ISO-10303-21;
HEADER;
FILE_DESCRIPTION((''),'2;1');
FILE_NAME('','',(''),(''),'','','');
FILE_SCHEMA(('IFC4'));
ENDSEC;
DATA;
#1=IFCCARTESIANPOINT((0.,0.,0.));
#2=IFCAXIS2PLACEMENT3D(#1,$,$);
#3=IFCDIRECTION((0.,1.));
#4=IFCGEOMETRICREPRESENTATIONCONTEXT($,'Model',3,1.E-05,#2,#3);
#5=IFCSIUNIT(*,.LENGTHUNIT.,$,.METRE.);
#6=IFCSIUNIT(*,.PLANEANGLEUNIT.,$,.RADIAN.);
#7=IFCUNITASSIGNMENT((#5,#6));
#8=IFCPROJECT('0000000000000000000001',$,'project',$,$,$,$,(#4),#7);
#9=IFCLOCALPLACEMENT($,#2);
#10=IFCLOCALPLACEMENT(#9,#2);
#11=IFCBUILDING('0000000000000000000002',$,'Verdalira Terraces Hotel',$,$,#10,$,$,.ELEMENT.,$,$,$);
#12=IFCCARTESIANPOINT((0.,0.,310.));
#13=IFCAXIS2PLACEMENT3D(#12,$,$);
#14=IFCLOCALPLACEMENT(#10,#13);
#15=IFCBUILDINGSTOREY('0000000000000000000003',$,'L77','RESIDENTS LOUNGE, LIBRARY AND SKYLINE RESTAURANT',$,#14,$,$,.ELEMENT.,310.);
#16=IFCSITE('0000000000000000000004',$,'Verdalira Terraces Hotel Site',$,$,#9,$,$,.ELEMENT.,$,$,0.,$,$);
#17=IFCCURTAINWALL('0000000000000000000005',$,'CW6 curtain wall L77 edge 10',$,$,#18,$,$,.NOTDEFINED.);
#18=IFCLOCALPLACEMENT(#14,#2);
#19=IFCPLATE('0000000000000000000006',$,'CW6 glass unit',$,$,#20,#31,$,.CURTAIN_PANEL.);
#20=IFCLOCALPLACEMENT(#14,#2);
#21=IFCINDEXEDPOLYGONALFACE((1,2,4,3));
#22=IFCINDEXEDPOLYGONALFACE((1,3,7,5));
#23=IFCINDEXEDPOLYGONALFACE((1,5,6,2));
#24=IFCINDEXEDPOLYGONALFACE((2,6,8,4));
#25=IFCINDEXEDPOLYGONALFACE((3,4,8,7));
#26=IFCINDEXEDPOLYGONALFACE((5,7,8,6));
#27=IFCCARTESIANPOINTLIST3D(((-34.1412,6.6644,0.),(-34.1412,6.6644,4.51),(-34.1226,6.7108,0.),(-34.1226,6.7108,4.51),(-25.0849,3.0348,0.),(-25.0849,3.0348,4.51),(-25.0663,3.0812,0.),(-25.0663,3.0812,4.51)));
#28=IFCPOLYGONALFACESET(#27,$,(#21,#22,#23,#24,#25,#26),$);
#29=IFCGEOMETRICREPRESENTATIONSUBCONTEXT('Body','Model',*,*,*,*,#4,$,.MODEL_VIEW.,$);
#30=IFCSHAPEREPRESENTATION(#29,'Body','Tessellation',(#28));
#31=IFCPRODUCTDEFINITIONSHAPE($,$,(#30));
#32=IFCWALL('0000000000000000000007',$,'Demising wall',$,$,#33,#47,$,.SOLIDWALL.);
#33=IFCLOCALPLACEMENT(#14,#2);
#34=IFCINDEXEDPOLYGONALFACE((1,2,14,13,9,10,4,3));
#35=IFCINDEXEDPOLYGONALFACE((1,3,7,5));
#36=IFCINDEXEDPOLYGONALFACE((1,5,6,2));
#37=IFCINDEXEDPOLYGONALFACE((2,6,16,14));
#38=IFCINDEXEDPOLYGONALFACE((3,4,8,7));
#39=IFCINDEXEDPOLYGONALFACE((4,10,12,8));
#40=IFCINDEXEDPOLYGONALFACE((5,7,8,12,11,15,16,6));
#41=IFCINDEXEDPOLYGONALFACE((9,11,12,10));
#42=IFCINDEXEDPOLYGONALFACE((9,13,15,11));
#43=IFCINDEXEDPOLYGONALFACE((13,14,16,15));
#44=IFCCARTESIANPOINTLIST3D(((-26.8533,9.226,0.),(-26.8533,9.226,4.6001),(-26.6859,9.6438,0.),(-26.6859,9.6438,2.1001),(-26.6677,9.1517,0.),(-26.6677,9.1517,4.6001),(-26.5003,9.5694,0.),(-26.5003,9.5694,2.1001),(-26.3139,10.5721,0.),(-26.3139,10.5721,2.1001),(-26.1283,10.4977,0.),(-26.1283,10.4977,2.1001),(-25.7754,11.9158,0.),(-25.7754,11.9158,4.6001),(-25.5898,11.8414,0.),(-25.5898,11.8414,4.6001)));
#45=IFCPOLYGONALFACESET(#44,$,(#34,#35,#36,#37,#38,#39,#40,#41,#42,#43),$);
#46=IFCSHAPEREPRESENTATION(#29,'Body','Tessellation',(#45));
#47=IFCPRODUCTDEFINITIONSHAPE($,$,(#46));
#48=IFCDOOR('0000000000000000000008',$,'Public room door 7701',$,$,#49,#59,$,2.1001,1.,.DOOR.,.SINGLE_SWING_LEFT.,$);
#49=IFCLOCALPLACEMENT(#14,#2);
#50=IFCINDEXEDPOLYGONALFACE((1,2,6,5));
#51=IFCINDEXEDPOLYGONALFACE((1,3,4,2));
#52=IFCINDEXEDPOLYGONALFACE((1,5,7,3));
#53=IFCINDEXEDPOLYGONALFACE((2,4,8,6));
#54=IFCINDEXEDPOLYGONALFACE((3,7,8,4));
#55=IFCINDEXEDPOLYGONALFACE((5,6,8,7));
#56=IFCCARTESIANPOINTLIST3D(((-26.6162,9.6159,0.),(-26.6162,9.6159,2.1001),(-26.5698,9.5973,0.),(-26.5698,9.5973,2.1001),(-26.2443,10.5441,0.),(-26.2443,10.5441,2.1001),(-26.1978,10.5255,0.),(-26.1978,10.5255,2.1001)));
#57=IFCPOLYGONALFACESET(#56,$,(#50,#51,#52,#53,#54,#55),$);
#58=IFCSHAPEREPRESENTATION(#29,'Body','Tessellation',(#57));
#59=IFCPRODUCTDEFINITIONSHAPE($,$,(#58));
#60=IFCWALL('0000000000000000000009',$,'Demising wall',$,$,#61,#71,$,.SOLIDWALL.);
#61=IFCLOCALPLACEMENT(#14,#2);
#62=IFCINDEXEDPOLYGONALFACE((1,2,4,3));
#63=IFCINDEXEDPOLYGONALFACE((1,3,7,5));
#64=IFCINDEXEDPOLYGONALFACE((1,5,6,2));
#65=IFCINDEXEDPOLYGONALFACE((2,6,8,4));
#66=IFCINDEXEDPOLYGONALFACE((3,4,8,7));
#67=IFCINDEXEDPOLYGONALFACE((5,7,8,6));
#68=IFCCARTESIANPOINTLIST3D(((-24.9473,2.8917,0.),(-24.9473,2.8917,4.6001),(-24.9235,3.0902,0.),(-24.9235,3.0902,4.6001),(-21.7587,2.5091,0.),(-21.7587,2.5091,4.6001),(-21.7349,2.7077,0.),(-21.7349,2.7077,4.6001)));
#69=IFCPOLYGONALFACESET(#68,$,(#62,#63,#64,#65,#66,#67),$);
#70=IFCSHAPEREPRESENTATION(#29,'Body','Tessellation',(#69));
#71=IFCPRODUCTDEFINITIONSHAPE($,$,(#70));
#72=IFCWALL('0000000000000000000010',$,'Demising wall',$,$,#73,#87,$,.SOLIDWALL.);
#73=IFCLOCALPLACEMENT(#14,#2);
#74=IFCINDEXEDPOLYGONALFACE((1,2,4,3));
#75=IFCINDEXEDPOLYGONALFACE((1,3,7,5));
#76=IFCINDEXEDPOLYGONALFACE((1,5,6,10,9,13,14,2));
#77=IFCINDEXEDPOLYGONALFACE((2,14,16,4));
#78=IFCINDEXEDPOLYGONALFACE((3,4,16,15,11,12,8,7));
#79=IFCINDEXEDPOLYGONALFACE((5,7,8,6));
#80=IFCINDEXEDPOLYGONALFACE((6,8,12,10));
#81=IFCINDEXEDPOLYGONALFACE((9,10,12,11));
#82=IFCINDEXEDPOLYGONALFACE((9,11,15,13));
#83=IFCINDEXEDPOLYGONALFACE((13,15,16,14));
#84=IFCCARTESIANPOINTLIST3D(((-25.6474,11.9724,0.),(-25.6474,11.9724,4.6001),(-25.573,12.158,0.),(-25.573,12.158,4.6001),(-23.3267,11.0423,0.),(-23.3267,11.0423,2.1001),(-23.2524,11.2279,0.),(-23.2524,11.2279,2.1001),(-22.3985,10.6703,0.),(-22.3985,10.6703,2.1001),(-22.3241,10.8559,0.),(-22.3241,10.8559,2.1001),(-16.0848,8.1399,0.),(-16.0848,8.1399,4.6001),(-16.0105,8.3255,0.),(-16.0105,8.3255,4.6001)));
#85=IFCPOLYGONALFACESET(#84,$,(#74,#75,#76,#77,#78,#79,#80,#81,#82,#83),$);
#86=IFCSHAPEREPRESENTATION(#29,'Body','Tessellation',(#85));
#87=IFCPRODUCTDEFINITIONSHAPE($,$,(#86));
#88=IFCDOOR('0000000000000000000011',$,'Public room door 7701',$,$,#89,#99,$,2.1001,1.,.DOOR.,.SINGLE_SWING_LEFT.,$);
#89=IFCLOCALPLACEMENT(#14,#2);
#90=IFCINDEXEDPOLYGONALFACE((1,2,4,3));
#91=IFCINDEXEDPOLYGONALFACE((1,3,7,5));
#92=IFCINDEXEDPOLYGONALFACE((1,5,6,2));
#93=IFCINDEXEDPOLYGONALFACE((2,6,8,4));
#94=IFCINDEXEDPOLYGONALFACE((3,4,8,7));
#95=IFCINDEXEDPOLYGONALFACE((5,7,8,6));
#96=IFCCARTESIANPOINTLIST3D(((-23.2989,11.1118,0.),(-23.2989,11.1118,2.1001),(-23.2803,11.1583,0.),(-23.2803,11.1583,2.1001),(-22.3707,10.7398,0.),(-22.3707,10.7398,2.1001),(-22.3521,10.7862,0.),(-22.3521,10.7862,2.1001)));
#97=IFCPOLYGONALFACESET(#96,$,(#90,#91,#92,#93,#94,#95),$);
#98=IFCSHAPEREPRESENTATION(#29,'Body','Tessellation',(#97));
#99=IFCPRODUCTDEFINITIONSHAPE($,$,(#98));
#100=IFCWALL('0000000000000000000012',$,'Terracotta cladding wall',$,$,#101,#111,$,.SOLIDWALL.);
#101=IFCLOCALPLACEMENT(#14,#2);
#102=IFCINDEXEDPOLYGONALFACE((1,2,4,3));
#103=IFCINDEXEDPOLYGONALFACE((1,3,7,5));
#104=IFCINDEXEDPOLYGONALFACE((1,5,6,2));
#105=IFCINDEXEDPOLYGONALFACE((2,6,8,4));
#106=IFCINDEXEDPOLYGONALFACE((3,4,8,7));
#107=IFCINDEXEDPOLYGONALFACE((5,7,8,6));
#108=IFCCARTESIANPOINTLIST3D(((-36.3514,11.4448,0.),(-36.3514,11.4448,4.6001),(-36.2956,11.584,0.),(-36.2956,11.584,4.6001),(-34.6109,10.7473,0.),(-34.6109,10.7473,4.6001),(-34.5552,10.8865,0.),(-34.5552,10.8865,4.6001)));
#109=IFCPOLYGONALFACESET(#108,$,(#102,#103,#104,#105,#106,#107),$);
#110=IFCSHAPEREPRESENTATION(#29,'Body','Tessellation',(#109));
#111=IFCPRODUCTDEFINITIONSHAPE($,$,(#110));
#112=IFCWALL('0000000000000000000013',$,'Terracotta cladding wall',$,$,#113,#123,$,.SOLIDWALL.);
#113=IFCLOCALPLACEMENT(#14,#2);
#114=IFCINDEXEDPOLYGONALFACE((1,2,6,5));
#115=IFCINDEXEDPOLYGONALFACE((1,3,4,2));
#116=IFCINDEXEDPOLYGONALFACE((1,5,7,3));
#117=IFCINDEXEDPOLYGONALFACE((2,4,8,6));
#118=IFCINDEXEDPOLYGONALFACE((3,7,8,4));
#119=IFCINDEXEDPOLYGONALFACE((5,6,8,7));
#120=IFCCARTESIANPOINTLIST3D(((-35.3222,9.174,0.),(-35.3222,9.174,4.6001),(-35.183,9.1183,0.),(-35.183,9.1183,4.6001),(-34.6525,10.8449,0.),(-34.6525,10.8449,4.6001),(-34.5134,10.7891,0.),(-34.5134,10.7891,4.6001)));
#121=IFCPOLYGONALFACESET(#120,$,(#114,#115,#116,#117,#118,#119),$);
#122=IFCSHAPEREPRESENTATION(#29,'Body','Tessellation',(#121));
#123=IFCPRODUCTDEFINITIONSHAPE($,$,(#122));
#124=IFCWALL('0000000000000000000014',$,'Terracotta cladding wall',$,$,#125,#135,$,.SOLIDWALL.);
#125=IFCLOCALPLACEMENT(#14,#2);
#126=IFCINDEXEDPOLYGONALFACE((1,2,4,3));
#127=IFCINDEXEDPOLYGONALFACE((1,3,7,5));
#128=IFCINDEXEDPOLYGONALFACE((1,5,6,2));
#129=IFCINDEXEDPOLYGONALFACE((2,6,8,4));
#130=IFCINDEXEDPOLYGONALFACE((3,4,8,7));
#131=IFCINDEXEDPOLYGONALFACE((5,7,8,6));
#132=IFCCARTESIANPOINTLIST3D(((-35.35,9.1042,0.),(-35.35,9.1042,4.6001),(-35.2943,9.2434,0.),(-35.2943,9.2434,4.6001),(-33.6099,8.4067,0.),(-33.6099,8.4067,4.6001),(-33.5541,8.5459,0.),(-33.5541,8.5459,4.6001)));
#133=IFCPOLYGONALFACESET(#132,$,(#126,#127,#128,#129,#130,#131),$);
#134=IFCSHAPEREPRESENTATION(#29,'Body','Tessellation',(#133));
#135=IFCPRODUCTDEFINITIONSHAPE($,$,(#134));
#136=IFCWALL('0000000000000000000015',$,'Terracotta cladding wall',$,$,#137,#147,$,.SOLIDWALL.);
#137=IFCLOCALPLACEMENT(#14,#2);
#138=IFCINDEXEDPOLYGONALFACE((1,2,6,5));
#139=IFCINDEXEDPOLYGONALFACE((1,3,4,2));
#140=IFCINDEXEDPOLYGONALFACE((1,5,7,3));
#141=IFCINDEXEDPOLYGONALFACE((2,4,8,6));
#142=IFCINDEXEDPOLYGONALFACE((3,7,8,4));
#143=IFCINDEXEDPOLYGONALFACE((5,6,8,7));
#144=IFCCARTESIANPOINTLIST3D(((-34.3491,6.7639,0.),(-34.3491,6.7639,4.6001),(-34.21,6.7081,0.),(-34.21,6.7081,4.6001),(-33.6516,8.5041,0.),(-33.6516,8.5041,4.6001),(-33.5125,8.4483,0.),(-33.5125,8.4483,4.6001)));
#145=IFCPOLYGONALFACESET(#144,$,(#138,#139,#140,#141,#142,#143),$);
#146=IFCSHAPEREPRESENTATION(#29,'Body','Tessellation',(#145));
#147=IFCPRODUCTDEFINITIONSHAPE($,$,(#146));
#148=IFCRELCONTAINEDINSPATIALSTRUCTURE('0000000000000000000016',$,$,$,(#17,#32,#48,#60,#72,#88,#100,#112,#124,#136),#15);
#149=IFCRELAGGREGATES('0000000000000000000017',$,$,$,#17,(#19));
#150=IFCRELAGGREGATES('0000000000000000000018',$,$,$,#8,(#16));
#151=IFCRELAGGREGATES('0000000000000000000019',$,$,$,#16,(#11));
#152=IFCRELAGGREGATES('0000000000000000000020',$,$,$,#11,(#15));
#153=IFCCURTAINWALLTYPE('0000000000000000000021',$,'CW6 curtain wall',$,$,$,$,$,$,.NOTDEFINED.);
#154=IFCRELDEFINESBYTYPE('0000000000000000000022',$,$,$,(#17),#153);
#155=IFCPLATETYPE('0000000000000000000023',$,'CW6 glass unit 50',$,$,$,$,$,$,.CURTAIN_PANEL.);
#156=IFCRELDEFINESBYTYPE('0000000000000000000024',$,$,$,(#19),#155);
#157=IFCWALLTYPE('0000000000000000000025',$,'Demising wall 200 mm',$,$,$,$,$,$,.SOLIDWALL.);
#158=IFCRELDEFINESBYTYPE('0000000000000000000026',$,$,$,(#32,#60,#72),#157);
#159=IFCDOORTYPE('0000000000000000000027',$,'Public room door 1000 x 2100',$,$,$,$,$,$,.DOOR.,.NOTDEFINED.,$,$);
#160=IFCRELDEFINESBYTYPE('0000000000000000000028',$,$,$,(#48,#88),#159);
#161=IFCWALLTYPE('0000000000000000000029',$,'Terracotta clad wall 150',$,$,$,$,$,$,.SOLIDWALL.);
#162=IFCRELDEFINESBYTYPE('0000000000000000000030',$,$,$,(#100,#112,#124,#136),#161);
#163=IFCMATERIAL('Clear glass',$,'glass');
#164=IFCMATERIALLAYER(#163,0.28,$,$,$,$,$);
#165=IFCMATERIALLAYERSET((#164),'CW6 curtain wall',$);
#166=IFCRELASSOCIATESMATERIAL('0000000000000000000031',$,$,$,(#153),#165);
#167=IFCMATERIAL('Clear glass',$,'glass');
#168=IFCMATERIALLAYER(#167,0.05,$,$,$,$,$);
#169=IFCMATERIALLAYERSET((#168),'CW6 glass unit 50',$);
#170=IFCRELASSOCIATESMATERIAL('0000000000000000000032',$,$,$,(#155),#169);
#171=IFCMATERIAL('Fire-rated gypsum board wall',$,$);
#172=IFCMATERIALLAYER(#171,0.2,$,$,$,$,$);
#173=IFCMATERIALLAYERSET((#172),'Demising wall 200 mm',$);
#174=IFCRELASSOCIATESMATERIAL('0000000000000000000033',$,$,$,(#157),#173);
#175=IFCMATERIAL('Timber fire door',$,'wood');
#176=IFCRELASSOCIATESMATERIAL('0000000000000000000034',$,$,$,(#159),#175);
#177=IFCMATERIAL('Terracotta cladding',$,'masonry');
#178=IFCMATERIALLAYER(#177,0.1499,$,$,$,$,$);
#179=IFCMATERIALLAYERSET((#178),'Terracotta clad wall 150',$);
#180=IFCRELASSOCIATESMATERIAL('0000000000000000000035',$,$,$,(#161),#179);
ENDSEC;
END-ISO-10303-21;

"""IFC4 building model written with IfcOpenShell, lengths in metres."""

from ifc_helpers import new_model, si_unit, direction, frame, frame_2d, origin, origin_2d, place, context, subcontext, project, spatial, rectangle, extrude, material, layer, layer_set, type_object, element, fill, aggregate, save


model = new_model("IFC4")

# Units and contexts
model_context = context("Model", 3, precision=1e-05, world=origin(), true_north=direction((0.0, 1.0)))
body_context = subcontext(model_context, "Body", "Model", "MODEL_VIEW")
ifc_project = project(units=[si_unit("LENGTHUNIT", "METRE"), si_unit("PLANEANGLEUNIT", "RADIAN")], contexts=[model_context])

# Site, building, storey
site_placement = place(None, origin())
site = spatial("IfcSite", under=ifc_project, at=site_placement, Name="Verdalira Terraces Hotel Site", CompositionType="ELEMENT", RefElevation=0.0)
building_placement = place(site_placement, origin())
building = spatial("IfcBuilding", under=site, at=building_placement, Name="Verdalira Terraces Hotel", CompositionType="ELEMENT")
storey_placement = place(building_placement, frame((0.0, 0.0, 310.0)))
storey = spatial("IfcBuildingStorey", under=building, at=storey_placement, Name="L77", Description="RESIDENTS LOUNGE, LIBRARY AND SKYLINE RESTAURANT", CompositionType="ELEMENT", Elevation=310.0)

# Shared definitions
ifc_material_1 = material(Name="Clear glass", Category="glass")
ifc_layer_1 = layer(ifc_material_1, 0.28)
ifc_layer_set_1 = layer_set([ifc_layer_1], Name="CW6 curtain wall")
curtain_wall_type = type_object("IfcCurtainWallType", Name="CW6 curtain wall", PredefinedType="NOTDEFINED", material=ifc_layer_set_1)

# Curtain wall
curtain_wall_1_placement = place(storey_placement, origin())
curtain_wall_1 = element("IfcCurtainWall", 1, at=curtain_wall_1_placement, inside=storey, type_object=curtain_wall_type, Name="CW6 curtain wall L77 edge 10", PredefinedType="NOTDEFINED")

# Plate
ifc_material_2 = material(Name="Clear glass", Category="glass")
ifc_layer_2 = layer(ifc_material_2, 0.05)
ifc_layer_set_2 = layer_set([ifc_layer_2], Name="CW6 glass unit 50")
plate_type = type_object("IfcPlateType", Name="CW6 glass unit 50", PredefinedType="CURTAIN_PANEL", material=ifc_layer_set_2)
plate_placement = place(storey_placement, frame((-29.6038, 4.8728, 0.0), z_axis=(0.0, 0.0, 1.0), x_axis=(0.928226, -0.372016, 0.0)))
plate = element("IfcPlate", 2, at=plate_placement, type_object=plate_type, Name="CW6 glass unit", PredefinedType="CURTAIN_PANEL", context=body_context, shape_type="SweptSolid", body=[
    extrude(rectangle(XDim=9.7566, YDim=0.05, at=origin_2d()), origin(), (0.0, 0.0, 1.0), 4.51),
])
aggregate(curtain_wall_1, [plate])

# Wall, opening, door
ifc_material_3 = material(Name="Fire-rated gypsum board wall")
ifc_layer_3 = layer(ifc_material_3, 0.2)
ifc_layer_set_3 = layer_set([ifc_layer_3], Name="Demising wall 200 mm")
wall_type_1 = type_object("IfcWallType", Name="Demising wall 200 mm", PredefinedType="SOLIDWALL", material=ifc_layer_set_3)
wall_1_placement = place(storey_placement, frame((-26.7605, 9.189, 0.0), z_axis=(0.0, 0.0, 1.0), x_axis=(0.371986, 0.928238, 0.0)))
wall_1 = element("IfcWall", 3, at=wall_1_placement, inside=storey, type_object=wall_type_1, Name="Demising wall", PredefinedType="SOLIDWALL", context=body_context, shape_type="SweptSolid", body=[
    extrude(rectangle(XDim=2.8977, YDim=0.2, at=frame_2d((1.4487, 0.0))), origin(), (0.0, 0.0, 1.0), 4.6001),
])
opening_1_placement = place(wall_1_placement, frame((0.45, 0.0, 0.0)))
opening_1 = element("IfcOpeningElement", 4, at=opening_1_placement, cuts=wall_1, PredefinedType="OPENING", context=body_context, shape_type="SweptSolid", body=[
    extrude(rectangle(XDim=1.0, YDim=2.1001, at=frame_2d((0.5, 1.05))), frame((0.0, 0.1099, 0.0), z_axis=(0.0, -1.0, 0.0), x_axis=(1.0, 0.0, 0.0)), (0.0, 0.0, 1.0), 0.22),
])
ifc_material_4 = material(Name="Timber fire door", Category="wood")
door_type = type_object("IfcDoorType", Name="Public room door 1000 x 2100", OperationType="NOTDEFINED", PredefinedType="DOOR", material=ifc_material_4)
door_1_placement = place(opening_1_placement, origin())
door_1 = element("IfcDoor", 5, at=door_1_placement, inside=storey, type_object=door_type, Name="Public room door 7701", OperationType="SINGLE_SWING_LEFT", OverallHeight=2.1001, OverallWidth=1.0, PredefinedType="DOOR", context=body_context, shape_type="SweptSolid", body=[
    extrude(rectangle(XDim=1.0, YDim=2.1001, at=frame_2d((0.5, 1.05))), frame((0.0, 0.0249, 0.0), z_axis=(0.0, -1.0, 0.0), x_axis=(1.0, 0.0, 0.0)), (0.0, 0.0, 1.0), 0.05),
])
fill(opening_1, door_1)

# Wall
wall_2_placement = place(storey_placement, frame((-21.7468, 2.6084, 0.0), z_axis=(0.0, 0.0, 1.0), x_axis=(-0.992879, 0.11913, 0.0)))
element("IfcWall", 6, at=wall_2_placement, inside=storey, type_object=wall_type_1, Name="Demising wall", PredefinedType="SOLIDWALL", context=body_context, shape_type="SweptSolid", body=[
    extrude(rectangle(XDim=3.2114, YDim=0.2, at=frame_2d((1.6057, 0.0))), origin(), (0.0, 0.0, 1.0), 4.6001),
])

# Wall, opening, door
wall_3_placement = place(storey_placement, frame((-25.6101, 12.0652, 0.0), z_axis=(0.0, 0.0, 1.0), x_axis=(0.928225, -0.37202, 0.0)))
wall_3 = element("IfcWall", 7, at=wall_3_placement, inside=storey, type_object=wall_type_1, Name="Demising wall", PredefinedType="SOLIDWALL", context=body_context, shape_type="SweptSolid", body=[
    extrude(rectangle(XDim=10.302, YDim=0.2, at=frame_2d((5.1509, 0.0))), origin(), (0.0, 0.0, 1.0), 4.6001),
])
opening_2_placement = place(wall_3_placement, frame((2.5, 0.0, 0.0)))
opening_2 = element("IfcOpeningElement", 8, at=opening_2_placement, cuts=wall_3, PredefinedType="OPENING", context=body_context, shape_type="SweptSolid", body=[
    extrude(rectangle(XDim=1.0, YDim=2.1001, at=frame_2d((0.5, 1.05))), frame((0.0, 0.1099, 0.0), z_axis=(0.0, -1.0, 0.0), x_axis=(1.0, 0.0, 0.0)), (0.0, 0.0, 1.0), 0.22),
])
door_2_placement = place(opening_2_placement, origin())
door_2 = element("IfcDoor", 9, at=door_2_placement, inside=storey, type_object=door_type, Name="Public room door 7701", OperationType="SINGLE_SWING_LEFT", OverallHeight=2.1001, OverallWidth=1.0, PredefinedType="DOOR", context=body_context, shape_type="SweptSolid", body=[
    extrude(rectangle(XDim=1.0, YDim=2.1001, at=frame_2d((0.5, 1.05))), frame((0.0, 0.0249, 0.0), z_axis=(0.0, -1.0, 0.0), x_axis=(1.0, 0.0, 0.0)), (0.0, 0.0, 1.0), 0.05),
])
fill(opening_2, door_2)

# Walls
ifc_material_5 = material(Name="Terracotta cladding", Category="masonry")
ifc_layer_4 = layer(ifc_material_5, 0.1499)
ifc_layer_set_4 = layer_set([ifc_layer_4], Name="Terracotta clad wall 150")
wall_type_2 = type_object("IfcWallType", Name="Terracotta clad wall 150", PredefinedType="SOLIDWALL", material=ifc_layer_set_4)
wall_4_placement = place(storey_placement, frame((-36.3235, 11.5144, 0.0), z_axis=(0.0, 0.0, 1.0), x_axis=(0.928234, -0.371997, 0.0)))
element("IfcWall", 10, at=wall_4_placement, inside=storey, type_object=wall_type_2, Name="Terracotta cladding wall", PredefinedType="SOLIDWALL", context=body_context, shape_type="SweptSolid", body=[
    extrude(rectangle(XDim=1.875, YDim=0.1499, at=frame_2d((0.9375, 0.0))), origin(), (0.0, 0.0, 1.0), 4.6001),
])
wall_5_placement = place(storey_placement, frame((-34.583, 10.8169, 0.0), z_axis=(0.0, 0.0, 1.0), x_axis=(-0.372022, -0.928224, 0.0)))
element("IfcWall", 11, at=wall_5_placement, inside=storey, type_object=wall_type_2, Name="Terracotta cladding wall", PredefinedType="SOLIDWALL", context=body_context, shape_type="SweptSolid", body=[
    extrude(rectangle(XDim=1.8, YDim=0.1499, at=frame_2d((0.8999, 0.0))), origin(), (0.0, 0.0, 1.0), 4.6001),
])
for number, where, z_axis, x_axis, name in (
    (12, (-35.3223, 9.1738, 0.0), (0.0, 0.0, 1.0), (0.928216, -0.372042, 0.0), "Terracotta cladding wall"),
    (13, (-33.582, 8.4763, 0.0), (0.0, 0.0, 1.0), (-0.372042, -0.928216, 0.0), "Terracotta cladding wall"),
):
    element("IfcWall", number, at=place(storey_placement, frame(where, z_axis=z_axis, x_axis=x_axis)), inside=storey, type_object=wall_type_2, Name=name, PredefinedType="SOLIDWALL", context=body_context, shape_type="SweptSolid", body=[
        extrude(rectangle(XDim=1.8748, YDim=0.1499, at=frame_2d((0.9375, 0.0))), origin(), (0.0, 0.0, 1.0), 4.6001),
    ])

save(model, "model.ifc")
